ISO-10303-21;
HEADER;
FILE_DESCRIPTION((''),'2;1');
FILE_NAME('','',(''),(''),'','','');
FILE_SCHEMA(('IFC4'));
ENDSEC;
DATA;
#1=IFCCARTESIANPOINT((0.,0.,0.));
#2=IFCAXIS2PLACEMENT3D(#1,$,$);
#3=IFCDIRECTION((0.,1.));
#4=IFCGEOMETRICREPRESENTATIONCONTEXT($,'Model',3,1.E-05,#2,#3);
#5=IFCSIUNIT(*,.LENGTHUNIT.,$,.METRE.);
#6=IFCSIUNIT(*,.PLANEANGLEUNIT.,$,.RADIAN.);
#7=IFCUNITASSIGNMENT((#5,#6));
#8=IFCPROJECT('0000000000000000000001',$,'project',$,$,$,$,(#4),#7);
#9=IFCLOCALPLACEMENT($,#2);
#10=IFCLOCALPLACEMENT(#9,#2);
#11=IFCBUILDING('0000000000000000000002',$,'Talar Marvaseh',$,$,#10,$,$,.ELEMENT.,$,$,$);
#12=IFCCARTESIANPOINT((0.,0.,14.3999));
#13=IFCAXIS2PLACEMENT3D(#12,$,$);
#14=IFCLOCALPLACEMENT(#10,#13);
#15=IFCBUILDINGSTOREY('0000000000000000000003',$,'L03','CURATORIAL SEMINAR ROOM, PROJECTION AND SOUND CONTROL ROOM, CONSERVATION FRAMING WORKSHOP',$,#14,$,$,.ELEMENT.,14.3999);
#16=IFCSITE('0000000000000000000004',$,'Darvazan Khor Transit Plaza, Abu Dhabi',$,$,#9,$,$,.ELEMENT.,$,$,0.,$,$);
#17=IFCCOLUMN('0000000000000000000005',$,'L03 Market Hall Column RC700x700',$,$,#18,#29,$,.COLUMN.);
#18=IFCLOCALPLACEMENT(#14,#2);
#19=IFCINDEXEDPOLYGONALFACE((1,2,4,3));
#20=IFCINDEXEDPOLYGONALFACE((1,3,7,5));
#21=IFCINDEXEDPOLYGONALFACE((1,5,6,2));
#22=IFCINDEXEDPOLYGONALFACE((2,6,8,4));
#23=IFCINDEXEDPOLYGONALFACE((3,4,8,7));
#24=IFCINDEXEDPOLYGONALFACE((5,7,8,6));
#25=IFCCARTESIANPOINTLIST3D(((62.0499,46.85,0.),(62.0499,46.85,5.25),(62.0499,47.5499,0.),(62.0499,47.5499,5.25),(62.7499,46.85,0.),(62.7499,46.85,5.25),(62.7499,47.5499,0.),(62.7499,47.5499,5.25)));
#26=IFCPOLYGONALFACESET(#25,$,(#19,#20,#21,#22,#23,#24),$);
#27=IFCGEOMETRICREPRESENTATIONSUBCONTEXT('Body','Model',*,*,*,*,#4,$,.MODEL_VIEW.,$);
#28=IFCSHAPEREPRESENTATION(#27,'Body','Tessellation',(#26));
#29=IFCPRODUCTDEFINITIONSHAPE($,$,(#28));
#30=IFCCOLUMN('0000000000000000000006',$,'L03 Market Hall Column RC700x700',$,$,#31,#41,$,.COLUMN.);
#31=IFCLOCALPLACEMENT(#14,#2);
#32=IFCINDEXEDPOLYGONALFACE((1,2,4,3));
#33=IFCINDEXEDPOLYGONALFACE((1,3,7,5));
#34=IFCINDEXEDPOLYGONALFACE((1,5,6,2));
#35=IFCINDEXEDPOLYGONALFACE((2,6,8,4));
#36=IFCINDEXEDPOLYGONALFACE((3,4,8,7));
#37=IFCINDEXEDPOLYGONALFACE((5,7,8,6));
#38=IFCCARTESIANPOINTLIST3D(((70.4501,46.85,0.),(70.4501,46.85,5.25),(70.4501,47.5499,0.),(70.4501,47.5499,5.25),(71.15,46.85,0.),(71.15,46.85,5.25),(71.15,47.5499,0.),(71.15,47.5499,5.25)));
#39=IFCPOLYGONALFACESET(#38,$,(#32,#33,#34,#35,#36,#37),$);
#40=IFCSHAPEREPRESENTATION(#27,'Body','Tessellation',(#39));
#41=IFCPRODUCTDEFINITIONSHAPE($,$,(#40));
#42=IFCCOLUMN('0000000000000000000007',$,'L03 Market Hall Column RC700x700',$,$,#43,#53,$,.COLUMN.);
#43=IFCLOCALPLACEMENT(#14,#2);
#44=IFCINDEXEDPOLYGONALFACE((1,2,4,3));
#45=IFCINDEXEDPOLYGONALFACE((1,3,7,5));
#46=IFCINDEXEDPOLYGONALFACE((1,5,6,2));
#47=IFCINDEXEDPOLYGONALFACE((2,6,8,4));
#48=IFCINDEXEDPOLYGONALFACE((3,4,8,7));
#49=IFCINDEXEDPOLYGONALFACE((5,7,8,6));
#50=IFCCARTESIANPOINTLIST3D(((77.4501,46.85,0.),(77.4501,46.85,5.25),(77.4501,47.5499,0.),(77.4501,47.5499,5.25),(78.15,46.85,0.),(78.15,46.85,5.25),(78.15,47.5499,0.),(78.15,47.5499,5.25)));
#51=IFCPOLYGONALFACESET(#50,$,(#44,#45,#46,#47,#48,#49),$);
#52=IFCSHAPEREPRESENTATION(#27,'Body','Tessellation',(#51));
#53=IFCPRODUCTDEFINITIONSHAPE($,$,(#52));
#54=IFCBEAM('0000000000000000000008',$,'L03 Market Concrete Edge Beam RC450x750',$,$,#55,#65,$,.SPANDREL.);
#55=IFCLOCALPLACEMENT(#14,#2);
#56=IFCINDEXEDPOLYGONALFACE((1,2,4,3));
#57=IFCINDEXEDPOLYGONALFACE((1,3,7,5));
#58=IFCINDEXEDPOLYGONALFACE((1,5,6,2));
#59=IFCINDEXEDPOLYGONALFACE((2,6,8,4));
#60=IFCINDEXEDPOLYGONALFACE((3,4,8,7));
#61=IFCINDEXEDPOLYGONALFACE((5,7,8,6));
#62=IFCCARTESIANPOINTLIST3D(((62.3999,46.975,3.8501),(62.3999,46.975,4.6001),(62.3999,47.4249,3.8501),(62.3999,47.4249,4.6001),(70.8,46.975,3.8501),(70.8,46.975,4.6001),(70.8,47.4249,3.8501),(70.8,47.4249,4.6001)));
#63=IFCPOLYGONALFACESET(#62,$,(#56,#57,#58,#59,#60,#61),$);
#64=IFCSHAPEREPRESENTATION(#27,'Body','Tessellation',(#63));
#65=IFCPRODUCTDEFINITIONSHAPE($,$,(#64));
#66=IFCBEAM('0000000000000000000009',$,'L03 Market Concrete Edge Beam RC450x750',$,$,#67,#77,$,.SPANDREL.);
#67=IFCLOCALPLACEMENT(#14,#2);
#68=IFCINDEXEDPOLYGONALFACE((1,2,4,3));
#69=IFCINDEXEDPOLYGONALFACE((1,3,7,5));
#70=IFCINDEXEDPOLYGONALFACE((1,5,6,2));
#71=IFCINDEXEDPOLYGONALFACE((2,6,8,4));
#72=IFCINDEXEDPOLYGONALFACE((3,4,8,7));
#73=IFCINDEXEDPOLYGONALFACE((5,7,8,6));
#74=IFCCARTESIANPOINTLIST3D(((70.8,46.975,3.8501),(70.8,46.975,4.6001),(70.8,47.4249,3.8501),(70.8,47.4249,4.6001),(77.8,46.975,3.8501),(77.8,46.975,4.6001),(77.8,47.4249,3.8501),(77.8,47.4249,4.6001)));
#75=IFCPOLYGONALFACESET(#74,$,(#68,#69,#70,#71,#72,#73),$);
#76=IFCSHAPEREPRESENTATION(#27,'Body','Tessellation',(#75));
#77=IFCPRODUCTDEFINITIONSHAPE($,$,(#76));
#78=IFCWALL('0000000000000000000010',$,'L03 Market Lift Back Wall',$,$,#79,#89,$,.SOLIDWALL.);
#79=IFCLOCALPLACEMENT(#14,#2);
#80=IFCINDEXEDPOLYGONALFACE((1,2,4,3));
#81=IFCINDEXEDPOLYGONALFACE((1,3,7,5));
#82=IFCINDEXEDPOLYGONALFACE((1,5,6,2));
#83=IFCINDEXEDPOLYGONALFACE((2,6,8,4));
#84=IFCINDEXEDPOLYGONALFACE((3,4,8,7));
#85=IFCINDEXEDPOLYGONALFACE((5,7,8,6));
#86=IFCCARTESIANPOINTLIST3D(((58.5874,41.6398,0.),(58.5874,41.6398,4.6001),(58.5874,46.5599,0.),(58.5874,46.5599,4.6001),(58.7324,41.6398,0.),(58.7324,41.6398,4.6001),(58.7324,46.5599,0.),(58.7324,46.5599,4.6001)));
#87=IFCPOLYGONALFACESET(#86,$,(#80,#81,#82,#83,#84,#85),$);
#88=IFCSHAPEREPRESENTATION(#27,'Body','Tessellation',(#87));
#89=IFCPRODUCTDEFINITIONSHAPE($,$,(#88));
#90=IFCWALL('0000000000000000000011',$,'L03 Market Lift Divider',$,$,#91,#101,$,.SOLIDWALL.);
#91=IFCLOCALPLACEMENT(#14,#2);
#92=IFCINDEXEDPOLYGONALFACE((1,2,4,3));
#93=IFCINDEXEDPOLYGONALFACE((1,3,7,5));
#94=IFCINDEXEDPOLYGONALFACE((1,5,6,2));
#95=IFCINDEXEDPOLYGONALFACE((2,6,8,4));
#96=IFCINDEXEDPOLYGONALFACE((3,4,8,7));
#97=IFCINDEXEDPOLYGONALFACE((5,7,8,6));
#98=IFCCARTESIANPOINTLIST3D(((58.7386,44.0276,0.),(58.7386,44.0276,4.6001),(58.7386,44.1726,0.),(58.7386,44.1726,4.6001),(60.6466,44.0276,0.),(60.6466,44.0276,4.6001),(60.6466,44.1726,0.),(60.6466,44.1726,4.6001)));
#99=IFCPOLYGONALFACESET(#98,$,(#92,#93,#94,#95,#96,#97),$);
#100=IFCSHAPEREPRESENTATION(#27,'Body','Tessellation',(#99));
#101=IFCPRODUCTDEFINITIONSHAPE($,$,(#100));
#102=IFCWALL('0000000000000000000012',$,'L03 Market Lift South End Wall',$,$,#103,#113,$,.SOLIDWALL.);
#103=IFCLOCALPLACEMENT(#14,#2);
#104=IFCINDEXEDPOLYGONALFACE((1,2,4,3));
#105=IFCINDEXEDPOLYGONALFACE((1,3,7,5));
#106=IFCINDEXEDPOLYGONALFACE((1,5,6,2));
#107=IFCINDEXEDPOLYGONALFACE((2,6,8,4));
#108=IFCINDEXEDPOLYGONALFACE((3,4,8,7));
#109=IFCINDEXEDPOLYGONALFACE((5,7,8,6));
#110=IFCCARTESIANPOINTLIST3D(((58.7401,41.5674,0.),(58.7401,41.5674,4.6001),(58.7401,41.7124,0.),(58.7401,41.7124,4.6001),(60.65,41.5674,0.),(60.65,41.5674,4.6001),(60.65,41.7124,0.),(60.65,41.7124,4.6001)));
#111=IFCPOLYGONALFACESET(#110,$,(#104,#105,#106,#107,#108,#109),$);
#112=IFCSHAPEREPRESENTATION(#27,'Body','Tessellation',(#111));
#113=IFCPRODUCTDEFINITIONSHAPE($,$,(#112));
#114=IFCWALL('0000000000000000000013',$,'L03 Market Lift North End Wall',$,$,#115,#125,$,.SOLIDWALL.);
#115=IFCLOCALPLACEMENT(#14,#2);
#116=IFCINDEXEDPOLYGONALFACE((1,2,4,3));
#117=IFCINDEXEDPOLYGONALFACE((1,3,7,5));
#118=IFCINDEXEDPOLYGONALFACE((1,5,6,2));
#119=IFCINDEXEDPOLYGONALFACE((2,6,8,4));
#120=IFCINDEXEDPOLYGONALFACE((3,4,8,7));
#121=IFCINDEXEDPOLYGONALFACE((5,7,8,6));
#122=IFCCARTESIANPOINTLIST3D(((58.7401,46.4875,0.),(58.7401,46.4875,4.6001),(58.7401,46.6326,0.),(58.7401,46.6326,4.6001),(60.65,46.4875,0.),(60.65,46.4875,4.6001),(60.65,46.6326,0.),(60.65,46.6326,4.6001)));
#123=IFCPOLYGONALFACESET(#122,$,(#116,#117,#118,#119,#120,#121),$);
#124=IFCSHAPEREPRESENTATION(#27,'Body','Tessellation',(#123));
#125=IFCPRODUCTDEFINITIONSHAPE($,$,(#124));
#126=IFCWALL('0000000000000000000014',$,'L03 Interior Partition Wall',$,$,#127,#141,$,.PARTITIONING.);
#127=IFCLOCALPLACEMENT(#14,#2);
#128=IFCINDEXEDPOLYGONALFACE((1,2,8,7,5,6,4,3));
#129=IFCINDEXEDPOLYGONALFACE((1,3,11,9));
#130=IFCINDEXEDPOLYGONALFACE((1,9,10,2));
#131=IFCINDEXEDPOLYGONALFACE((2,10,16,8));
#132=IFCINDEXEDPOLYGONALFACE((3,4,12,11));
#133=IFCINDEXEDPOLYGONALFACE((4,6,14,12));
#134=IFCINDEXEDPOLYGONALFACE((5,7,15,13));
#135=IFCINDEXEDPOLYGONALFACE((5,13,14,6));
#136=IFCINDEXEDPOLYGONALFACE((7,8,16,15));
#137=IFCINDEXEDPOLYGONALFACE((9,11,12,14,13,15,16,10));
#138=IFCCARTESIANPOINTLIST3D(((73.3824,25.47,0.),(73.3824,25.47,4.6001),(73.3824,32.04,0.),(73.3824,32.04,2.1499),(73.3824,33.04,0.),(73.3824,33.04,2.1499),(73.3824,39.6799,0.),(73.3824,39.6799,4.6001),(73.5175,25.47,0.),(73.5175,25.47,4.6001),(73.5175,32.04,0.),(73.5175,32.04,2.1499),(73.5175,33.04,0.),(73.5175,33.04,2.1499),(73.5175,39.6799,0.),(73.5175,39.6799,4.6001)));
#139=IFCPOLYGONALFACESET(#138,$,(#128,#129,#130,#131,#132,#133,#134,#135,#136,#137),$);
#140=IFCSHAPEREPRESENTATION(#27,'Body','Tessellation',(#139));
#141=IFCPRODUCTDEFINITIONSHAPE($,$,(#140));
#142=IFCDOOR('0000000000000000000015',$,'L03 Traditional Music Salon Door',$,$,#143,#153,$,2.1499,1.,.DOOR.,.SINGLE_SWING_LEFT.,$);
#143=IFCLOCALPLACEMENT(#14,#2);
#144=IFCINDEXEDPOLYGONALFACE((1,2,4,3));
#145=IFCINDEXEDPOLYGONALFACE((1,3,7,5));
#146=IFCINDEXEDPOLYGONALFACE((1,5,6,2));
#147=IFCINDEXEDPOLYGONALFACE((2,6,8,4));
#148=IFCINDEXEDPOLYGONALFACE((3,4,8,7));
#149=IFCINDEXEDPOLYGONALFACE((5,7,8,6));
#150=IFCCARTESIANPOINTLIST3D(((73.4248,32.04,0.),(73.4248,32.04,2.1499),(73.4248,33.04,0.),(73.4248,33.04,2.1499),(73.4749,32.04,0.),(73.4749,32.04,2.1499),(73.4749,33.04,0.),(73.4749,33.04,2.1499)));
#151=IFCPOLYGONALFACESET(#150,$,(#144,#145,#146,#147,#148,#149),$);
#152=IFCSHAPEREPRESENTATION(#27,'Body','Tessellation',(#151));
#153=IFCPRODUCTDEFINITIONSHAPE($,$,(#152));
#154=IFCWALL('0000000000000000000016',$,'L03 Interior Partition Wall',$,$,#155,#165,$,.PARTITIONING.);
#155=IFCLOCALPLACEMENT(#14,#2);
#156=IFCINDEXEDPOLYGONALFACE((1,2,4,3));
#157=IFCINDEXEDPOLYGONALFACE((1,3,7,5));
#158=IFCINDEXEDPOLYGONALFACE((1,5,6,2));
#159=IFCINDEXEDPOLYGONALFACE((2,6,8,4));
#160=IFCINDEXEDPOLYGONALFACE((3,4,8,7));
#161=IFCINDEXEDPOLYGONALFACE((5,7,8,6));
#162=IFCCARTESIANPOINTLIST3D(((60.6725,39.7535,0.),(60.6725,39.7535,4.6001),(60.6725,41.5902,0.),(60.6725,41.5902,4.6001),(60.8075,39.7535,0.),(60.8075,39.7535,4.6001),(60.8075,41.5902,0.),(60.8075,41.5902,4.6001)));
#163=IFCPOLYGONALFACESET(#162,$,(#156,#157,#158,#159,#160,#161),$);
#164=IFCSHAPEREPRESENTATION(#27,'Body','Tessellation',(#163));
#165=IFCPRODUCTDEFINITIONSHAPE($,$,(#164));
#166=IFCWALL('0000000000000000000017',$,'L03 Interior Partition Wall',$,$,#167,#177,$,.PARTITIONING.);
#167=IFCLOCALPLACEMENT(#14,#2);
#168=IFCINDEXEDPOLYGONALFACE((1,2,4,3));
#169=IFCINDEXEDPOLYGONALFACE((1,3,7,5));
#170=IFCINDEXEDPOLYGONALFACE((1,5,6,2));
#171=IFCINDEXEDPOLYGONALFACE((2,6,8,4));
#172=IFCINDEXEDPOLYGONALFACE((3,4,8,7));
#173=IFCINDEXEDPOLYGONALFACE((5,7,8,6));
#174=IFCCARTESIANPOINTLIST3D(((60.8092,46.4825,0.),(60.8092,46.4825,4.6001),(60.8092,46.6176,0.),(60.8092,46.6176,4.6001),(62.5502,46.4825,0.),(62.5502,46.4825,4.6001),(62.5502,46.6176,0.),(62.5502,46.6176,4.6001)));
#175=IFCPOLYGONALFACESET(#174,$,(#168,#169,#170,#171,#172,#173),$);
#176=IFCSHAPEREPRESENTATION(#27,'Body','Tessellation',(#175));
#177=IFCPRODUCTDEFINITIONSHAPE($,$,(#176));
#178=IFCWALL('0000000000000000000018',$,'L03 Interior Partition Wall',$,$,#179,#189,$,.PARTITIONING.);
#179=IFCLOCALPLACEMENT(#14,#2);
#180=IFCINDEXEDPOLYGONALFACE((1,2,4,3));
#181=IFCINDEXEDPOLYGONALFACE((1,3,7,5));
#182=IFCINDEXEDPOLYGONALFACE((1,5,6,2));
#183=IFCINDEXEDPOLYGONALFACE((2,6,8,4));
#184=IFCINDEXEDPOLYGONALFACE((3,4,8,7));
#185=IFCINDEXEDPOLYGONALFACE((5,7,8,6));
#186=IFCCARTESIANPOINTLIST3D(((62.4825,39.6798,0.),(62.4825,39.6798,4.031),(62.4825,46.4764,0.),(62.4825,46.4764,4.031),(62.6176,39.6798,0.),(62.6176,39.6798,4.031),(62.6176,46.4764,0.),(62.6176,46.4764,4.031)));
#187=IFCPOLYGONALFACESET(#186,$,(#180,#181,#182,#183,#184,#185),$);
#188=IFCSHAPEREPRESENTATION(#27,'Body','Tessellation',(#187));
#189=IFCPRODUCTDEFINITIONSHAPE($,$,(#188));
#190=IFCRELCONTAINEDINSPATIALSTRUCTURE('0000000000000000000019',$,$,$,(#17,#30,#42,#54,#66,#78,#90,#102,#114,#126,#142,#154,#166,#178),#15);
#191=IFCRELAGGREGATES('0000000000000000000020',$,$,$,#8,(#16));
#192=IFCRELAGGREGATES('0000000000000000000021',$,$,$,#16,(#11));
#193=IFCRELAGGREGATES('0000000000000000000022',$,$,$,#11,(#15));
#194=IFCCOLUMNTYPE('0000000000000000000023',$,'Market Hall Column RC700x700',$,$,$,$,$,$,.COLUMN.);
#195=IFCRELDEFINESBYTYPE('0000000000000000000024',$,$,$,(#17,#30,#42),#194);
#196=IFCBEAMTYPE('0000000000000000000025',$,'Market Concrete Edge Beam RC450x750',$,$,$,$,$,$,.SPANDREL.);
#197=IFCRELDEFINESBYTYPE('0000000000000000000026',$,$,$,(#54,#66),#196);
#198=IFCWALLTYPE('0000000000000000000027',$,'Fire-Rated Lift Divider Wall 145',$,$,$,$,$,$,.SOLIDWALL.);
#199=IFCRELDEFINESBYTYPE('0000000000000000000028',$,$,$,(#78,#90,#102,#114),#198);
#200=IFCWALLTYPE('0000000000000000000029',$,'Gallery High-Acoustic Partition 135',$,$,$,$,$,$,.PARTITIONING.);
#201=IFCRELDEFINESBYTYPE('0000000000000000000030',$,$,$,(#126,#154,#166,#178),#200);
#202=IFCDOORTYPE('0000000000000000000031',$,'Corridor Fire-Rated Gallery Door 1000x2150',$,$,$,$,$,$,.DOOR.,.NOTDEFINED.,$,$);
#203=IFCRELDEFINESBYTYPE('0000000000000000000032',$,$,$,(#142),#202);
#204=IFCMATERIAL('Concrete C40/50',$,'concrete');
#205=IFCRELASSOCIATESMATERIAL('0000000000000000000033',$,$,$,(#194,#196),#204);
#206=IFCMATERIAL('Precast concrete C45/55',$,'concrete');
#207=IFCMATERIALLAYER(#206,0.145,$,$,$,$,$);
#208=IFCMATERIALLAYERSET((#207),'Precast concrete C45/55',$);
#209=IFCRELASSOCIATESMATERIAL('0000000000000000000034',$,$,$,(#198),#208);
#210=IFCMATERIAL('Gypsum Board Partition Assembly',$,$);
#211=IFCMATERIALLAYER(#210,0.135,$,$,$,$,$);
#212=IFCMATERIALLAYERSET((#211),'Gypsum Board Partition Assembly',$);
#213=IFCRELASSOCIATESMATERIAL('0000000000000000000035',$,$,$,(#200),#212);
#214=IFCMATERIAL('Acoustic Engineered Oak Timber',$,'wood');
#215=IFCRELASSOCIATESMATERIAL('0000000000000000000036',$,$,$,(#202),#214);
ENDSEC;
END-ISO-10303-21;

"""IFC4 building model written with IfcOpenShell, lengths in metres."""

from ifc_helpers import new_model, si_unit, direction, frame, frame_2d, origin, origin_2d, place, context, subcontext, project, spatial, rectangle, extrude, source, transform, mapped, material, layer, layer_set, material_profile, profile_set, type_object, type_shapes, element, fill, save


model = new_model("IFC4")

# Units and contexts
model_context = context("Model", 3, precision=1e-05, world=origin(), true_north=direction((0.0, 1.0)))
body_context = subcontext(model_context, "Body", "Model", "MODEL_VIEW")
ifc_project = project(units=[si_unit("LENGTHUNIT", "METRE"), si_unit("PLANEANGLEUNIT", "RADIAN")], contexts=[model_context])

# Site, building, storey
site_placement = place(None, origin())
site = spatial("IfcSite", under=ifc_project, at=site_placement, Name="Darvazan Khor Transit Plaza, Abu Dhabi", CompositionType="ELEMENT", RefElevation=0.0)
building_placement = place(site_placement, origin())
building = spatial("IfcBuilding", under=site, at=building_placement, Name="Talar Marvaseh", CompositionType="ELEMENT")
storey_placement = place(building_placement, frame((0.0, 0.0, 14.3999)))
storey = spatial("IfcBuildingStorey", under=building, at=storey_placement, Name="L03", Description="CURATORIAL SEMINAR ROOM, PROJECTION AND SOUND CONTROL ROOM, CONSERVATION FRAMING WORKSHOP", CompositionType="ELEMENT", Elevation=14.3999)

# Columns
ifc_material_1 = material(Name="Concrete C40/50", Category="concrete")
ifc_material_profile_1 = material_profile(ifc_material_1, rectangle(XDim=0.7, YDim=0.7, at=origin_2d()), Name="RC700x700")
ifc_profile_set_1 = profile_set([ifc_material_profile_1], Name="Concrete C40/50")
column_type = type_object("IfcColumnType", Name="Market Hall Column RC700x700", PredefinedType="COLUMN", material=ifc_profile_set_1)
for number, where, z_axis, x_axis, name in (
    (1, (62.3999, 47.2, 0.0), (0.0, 0.0, 1.0), (1.0, 0.0, 0.0), "L03 Market Hall Column RC700x700"),
    (2, (70.8, 47.2, 0.0), (0.0, 0.0, 1.0), (1.0, 0.0, 0.0), "L03 Market Hall Column RC700x700"),
    (3, (77.8, 47.2, 0.0), (0.0, 0.0, 1.0), (1.0, 0.0, 0.0), "L03 Market Hall Column RC700x700"),
):
    element("IfcColumn", number, at=place(storey_placement, frame(where, z_axis=z_axis, x_axis=x_axis)), inside=storey, type_object=column_type, Name=name, PredefinedType="COLUMN", context=body_context, shape_type="SweptSolid", body=[
        extrude(rectangle(XDim=0.7, YDim=0.7, at=origin_2d()), origin(), (0.0, 0.0, 1.0), 5.25),
    ])

# Beams
ifc_material_profile_2 = material_profile(ifc_material_1, rectangle(XDim=0.45, YDim=0.75, at=origin_2d()), Name="RC450x750")
ifc_profile_set_2 = profile_set([ifc_material_profile_2], Name="Concrete C40/50")
beam_type = type_object("IfcBeamType", Name="Market Concrete Edge Beam RC450x750", PredefinedType="SPANDREL", material=ifc_profile_set_2)
beam_1_placement = place(storey_placement, frame((62.3999, 47.2, 4.2251), z_axis=(1.0, 0.0, 0.0), x_axis=(0.0, 1.0, 0.0)))
element("IfcBeam", 4, at=beam_1_placement, inside=storey, type_object=beam_type, Name="L03 Market Concrete Edge Beam RC450x750", PredefinedType="SPANDREL", context=body_context, shape_type="SweptSolid", body=[
    extrude(rectangle(XDim=0.45, YDim=0.75, at=origin_2d()), origin(), (0.0, 0.0, 1.0), 8.4001),
])
beam_2_placement = place(storey_placement, frame((70.8, 47.2, 4.2251), z_axis=(1.0, 0.0, 0.0), x_axis=(0.0, 1.0, 0.0)))
element("IfcBeam", 5, at=beam_2_placement, inside=storey, type_object=beam_type, Name="L03 Market Concrete Edge Beam RC450x750", PredefinedType="SPANDREL", context=body_context, shape_type="SweptSolid", body=[
    extrude(rectangle(XDim=0.45, YDim=0.75, at=origin_2d()), origin(), (0.0, 0.0, 1.0), 7.0),
])

# Walls
ifc_material_2 = material(Name="Precast concrete C45/55", Category="concrete")
ifc_layer_1 = layer(ifc_material_2, 0.145)
ifc_layer_set_1 = layer_set([ifc_layer_1], Name="Precast concrete C45/55")
wall_type_1 = type_object("IfcWallType", Name="Fire-Rated Lift Divider Wall 145", PredefinedType="SOLIDWALL", material=ifc_layer_set_1)
wall_1_placement = place(storey_placement, frame((58.6599, 41.6399, 0.0), z_axis=(0.0, 0.0, 1.0), x_axis=(0.0, 1.0, 0.0)))
element("IfcWall", 6, at=wall_1_placement, inside=storey, type_object=wall_type_1, Name="L03 Market Lift Back Wall", PredefinedType="SOLIDWALL", context=body_context, shape_type="SweptSolid", body=[
    extrude(rectangle(XDim=4.9202, YDim=0.145, at=frame_2d((2.46, 0.0))), origin(), (0.0, 0.0, 1.0), 4.6001),
])
wall_2_placement = place(storey_placement, frame((58.7385, 44.1001, 0.0), z_axis=(0.0, 0.0, 1.0), x_axis=(1.0, 0.0, 0.0)))
element("IfcWall", 7, at=wall_2_placement, inside=storey, type_object=wall_type_1, Name="L03 Market Lift Divider", PredefinedType="SOLIDWALL", context=body_context, shape_type="SweptSolid", body=[
    extrude(rectangle(XDim=1.908, YDim=0.145, at=frame_2d((0.9541, 0.0))), origin(), (0.0, 0.0, 1.0), 4.6001),
])
for number, where, z_axis, x_axis, name in (
    (8, (58.74, 41.6399, 0.0), (0.0, 0.0, 1.0), (1.0, 0.0, 0.0), "L03 Market Lift South End Wall"),
    (9, (58.74, 46.5601, 0.0), (0.0, 0.0, 1.0), (1.0, 0.0, 0.0), "L03 Market Lift North End Wall"),
):
    element("IfcWall", number, at=place(storey_placement, frame(where, z_axis=z_axis, x_axis=x_axis)), inside=storey, type_object=wall_type_1, Name=name, PredefinedType="SOLIDWALL", context=body_context, shape_type="SweptSolid", body=[
        extrude(rectangle(XDim=1.9099, YDim=0.145, at=frame_2d((0.9551, 0.0))), origin(), (0.0, 0.0, 1.0), 4.6001),
    ])

# Wall, opening, door
ifc_material_3 = material(Name="Gypsum Board Partition Assembly")
ifc_layer_2 = layer(ifc_material_3, 0.135)
ifc_layer_set_2 = layer_set([ifc_layer_2], Name="Gypsum Board Partition Assembly")
wall_type_2 = type_object("IfcWallType", Name="Gallery High-Acoustic Partition 135", PredefinedType="PARTITIONING", material=ifc_layer_set_2)
wall_3_placement = place(storey_placement, frame((73.45, 39.6799, 0.0), z_axis=(0.0, 0.0, 1.0), x_axis=(0.0, -1.0, 0.0)))
wall_3 = element("IfcWall", 10, at=wall_3_placement, inside=storey, type_object=wall_type_2, Name="L03 Interior Partition Wall", PredefinedType="PARTITIONING", context=body_context, shape_type="SweptSolid", body=[
    extrude(rectangle(XDim=14.21, YDim=0.135, at=frame_2d((7.105, 0.0))), origin(), (0.0, 0.0, 1.0), 4.6001),
])
opening_1_placement = place(wall_3_placement, frame((6.6399, 0.0, 0.0)))
opening_1 = element("IfcOpeningElement", 11, at=opening_1_placement, cuts=wall_3, PredefinedType="OPENING", context=body_context, shape_type="SweptSolid", body=[
    extrude(rectangle(XDim=1.0, YDim=2.1499, at=frame_2d((0.5, 1.075))), frame((0.0, 0.0776, 0.0), z_axis=(0.0, -1.0, 0.0), x_axis=(1.0, 0.0, 0.0)), (0.0, 0.0, 1.0), 0.155),
])
ifc_material_4 = material(Name="Acoustic Engineered Oak Timber", Category="wood")
door_type_1 = type_object("IfcDoorType", Name="Corridor Fire-Rated Gallery Door 1000x2150", OperationType="NOTDEFINED", PredefinedType="DOOR", material=ifc_material_4)
shared_shape_1 = source(origin(), body_context, "Body", "SweptSolid", [
    extrude(rectangle(XDim=1.0, YDim=2.1499, at=frame_2d((0.5, 1.075))), frame((0.0, 0.0249, 0.0), z_axis=(0.0, -1.0, 0.0), x_axis=(1.0, 0.0, 0.0)), (0.0, 0.0, 1.0), 0.05),
])
type_shapes(door_type_1, [shared_shape_1])
door_1_placement = place(opening_1_placement, origin())
door_1 = element("IfcDoor", 12, at=door_1_placement, inside=storey, type_object=door_type_1, Name="L03 Traditional Music Salon Door", OperationType="SINGLE_SWING_LEFT", OverallHeight=2.1499, OverallWidth=1.0, PredefinedType="DOOR", context=body_context, shape_type="MappedRepresentation", body=[
    mapped(shared_shape_1, transform((0.0, 0.0, 0.0), x_axis=(1.0, 0.0, 0.0), y_axis=(0.0, 1.0, 0.0), z_axis=(0.0, 0.0, 1.0), scale=1.0)),
])
fill(opening_1, door_1)

# Walls
wall_4_placement = place(storey_placement, frame((60.74, 39.7534, 0.0), z_axis=(0.0, 0.0, 1.0), x_axis=(0.0, 1.0, 0.0)))
element("IfcWall", 13, at=wall_4_placement, inside=storey, type_object=wall_type_2, Name="L03 Interior Partition Wall", PredefinedType="PARTITIONING", context=body_context, shape_type="SweptSolid", body=[
    extrude(rectangle(XDim=1.8367, YDim=0.135, at=frame_2d((0.9185, 0.0))), origin(), (0.0, 0.0, 1.0), 4.6001),
])
wall_5_placement = place(storey_placement, frame((60.8091, 46.55, 0.0), z_axis=(0.0, 0.0, 1.0), x_axis=(1.0, 0.0, 0.0)))
element("IfcWall", 14, at=wall_5_placement, inside=storey, type_object=wall_type_2, Name="L03 Interior Partition Wall", PredefinedType="PARTITIONING", context=body_context, shape_type="SweptSolid", body=[
    extrude(rectangle(XDim=1.741, YDim=0.135, at=frame_2d((0.8706, 0.0))), origin(), (0.0, 0.0, 1.0), 4.6001),
])
wall_6_placement = place(storey_placement, frame((62.55, 46.4766, 0.0), z_axis=(0.0, 0.0, 1.0), x_axis=(0.0, -1.0, 0.0)))
element("IfcWall", 15, at=wall_6_placement, inside=storey, type_object=wall_type_2, Name="L03 Interior Partition Wall", PredefinedType="PARTITIONING", context=body_context, shape_type="SweptSolid", body=[
    extrude(rectangle(XDim=6.7966, YDim=0.135, at=frame_2d((3.3984, 0.0))), origin(), (0.0, 0.0, 1.0), 4.031),
])

save(model, "model.ifc")
